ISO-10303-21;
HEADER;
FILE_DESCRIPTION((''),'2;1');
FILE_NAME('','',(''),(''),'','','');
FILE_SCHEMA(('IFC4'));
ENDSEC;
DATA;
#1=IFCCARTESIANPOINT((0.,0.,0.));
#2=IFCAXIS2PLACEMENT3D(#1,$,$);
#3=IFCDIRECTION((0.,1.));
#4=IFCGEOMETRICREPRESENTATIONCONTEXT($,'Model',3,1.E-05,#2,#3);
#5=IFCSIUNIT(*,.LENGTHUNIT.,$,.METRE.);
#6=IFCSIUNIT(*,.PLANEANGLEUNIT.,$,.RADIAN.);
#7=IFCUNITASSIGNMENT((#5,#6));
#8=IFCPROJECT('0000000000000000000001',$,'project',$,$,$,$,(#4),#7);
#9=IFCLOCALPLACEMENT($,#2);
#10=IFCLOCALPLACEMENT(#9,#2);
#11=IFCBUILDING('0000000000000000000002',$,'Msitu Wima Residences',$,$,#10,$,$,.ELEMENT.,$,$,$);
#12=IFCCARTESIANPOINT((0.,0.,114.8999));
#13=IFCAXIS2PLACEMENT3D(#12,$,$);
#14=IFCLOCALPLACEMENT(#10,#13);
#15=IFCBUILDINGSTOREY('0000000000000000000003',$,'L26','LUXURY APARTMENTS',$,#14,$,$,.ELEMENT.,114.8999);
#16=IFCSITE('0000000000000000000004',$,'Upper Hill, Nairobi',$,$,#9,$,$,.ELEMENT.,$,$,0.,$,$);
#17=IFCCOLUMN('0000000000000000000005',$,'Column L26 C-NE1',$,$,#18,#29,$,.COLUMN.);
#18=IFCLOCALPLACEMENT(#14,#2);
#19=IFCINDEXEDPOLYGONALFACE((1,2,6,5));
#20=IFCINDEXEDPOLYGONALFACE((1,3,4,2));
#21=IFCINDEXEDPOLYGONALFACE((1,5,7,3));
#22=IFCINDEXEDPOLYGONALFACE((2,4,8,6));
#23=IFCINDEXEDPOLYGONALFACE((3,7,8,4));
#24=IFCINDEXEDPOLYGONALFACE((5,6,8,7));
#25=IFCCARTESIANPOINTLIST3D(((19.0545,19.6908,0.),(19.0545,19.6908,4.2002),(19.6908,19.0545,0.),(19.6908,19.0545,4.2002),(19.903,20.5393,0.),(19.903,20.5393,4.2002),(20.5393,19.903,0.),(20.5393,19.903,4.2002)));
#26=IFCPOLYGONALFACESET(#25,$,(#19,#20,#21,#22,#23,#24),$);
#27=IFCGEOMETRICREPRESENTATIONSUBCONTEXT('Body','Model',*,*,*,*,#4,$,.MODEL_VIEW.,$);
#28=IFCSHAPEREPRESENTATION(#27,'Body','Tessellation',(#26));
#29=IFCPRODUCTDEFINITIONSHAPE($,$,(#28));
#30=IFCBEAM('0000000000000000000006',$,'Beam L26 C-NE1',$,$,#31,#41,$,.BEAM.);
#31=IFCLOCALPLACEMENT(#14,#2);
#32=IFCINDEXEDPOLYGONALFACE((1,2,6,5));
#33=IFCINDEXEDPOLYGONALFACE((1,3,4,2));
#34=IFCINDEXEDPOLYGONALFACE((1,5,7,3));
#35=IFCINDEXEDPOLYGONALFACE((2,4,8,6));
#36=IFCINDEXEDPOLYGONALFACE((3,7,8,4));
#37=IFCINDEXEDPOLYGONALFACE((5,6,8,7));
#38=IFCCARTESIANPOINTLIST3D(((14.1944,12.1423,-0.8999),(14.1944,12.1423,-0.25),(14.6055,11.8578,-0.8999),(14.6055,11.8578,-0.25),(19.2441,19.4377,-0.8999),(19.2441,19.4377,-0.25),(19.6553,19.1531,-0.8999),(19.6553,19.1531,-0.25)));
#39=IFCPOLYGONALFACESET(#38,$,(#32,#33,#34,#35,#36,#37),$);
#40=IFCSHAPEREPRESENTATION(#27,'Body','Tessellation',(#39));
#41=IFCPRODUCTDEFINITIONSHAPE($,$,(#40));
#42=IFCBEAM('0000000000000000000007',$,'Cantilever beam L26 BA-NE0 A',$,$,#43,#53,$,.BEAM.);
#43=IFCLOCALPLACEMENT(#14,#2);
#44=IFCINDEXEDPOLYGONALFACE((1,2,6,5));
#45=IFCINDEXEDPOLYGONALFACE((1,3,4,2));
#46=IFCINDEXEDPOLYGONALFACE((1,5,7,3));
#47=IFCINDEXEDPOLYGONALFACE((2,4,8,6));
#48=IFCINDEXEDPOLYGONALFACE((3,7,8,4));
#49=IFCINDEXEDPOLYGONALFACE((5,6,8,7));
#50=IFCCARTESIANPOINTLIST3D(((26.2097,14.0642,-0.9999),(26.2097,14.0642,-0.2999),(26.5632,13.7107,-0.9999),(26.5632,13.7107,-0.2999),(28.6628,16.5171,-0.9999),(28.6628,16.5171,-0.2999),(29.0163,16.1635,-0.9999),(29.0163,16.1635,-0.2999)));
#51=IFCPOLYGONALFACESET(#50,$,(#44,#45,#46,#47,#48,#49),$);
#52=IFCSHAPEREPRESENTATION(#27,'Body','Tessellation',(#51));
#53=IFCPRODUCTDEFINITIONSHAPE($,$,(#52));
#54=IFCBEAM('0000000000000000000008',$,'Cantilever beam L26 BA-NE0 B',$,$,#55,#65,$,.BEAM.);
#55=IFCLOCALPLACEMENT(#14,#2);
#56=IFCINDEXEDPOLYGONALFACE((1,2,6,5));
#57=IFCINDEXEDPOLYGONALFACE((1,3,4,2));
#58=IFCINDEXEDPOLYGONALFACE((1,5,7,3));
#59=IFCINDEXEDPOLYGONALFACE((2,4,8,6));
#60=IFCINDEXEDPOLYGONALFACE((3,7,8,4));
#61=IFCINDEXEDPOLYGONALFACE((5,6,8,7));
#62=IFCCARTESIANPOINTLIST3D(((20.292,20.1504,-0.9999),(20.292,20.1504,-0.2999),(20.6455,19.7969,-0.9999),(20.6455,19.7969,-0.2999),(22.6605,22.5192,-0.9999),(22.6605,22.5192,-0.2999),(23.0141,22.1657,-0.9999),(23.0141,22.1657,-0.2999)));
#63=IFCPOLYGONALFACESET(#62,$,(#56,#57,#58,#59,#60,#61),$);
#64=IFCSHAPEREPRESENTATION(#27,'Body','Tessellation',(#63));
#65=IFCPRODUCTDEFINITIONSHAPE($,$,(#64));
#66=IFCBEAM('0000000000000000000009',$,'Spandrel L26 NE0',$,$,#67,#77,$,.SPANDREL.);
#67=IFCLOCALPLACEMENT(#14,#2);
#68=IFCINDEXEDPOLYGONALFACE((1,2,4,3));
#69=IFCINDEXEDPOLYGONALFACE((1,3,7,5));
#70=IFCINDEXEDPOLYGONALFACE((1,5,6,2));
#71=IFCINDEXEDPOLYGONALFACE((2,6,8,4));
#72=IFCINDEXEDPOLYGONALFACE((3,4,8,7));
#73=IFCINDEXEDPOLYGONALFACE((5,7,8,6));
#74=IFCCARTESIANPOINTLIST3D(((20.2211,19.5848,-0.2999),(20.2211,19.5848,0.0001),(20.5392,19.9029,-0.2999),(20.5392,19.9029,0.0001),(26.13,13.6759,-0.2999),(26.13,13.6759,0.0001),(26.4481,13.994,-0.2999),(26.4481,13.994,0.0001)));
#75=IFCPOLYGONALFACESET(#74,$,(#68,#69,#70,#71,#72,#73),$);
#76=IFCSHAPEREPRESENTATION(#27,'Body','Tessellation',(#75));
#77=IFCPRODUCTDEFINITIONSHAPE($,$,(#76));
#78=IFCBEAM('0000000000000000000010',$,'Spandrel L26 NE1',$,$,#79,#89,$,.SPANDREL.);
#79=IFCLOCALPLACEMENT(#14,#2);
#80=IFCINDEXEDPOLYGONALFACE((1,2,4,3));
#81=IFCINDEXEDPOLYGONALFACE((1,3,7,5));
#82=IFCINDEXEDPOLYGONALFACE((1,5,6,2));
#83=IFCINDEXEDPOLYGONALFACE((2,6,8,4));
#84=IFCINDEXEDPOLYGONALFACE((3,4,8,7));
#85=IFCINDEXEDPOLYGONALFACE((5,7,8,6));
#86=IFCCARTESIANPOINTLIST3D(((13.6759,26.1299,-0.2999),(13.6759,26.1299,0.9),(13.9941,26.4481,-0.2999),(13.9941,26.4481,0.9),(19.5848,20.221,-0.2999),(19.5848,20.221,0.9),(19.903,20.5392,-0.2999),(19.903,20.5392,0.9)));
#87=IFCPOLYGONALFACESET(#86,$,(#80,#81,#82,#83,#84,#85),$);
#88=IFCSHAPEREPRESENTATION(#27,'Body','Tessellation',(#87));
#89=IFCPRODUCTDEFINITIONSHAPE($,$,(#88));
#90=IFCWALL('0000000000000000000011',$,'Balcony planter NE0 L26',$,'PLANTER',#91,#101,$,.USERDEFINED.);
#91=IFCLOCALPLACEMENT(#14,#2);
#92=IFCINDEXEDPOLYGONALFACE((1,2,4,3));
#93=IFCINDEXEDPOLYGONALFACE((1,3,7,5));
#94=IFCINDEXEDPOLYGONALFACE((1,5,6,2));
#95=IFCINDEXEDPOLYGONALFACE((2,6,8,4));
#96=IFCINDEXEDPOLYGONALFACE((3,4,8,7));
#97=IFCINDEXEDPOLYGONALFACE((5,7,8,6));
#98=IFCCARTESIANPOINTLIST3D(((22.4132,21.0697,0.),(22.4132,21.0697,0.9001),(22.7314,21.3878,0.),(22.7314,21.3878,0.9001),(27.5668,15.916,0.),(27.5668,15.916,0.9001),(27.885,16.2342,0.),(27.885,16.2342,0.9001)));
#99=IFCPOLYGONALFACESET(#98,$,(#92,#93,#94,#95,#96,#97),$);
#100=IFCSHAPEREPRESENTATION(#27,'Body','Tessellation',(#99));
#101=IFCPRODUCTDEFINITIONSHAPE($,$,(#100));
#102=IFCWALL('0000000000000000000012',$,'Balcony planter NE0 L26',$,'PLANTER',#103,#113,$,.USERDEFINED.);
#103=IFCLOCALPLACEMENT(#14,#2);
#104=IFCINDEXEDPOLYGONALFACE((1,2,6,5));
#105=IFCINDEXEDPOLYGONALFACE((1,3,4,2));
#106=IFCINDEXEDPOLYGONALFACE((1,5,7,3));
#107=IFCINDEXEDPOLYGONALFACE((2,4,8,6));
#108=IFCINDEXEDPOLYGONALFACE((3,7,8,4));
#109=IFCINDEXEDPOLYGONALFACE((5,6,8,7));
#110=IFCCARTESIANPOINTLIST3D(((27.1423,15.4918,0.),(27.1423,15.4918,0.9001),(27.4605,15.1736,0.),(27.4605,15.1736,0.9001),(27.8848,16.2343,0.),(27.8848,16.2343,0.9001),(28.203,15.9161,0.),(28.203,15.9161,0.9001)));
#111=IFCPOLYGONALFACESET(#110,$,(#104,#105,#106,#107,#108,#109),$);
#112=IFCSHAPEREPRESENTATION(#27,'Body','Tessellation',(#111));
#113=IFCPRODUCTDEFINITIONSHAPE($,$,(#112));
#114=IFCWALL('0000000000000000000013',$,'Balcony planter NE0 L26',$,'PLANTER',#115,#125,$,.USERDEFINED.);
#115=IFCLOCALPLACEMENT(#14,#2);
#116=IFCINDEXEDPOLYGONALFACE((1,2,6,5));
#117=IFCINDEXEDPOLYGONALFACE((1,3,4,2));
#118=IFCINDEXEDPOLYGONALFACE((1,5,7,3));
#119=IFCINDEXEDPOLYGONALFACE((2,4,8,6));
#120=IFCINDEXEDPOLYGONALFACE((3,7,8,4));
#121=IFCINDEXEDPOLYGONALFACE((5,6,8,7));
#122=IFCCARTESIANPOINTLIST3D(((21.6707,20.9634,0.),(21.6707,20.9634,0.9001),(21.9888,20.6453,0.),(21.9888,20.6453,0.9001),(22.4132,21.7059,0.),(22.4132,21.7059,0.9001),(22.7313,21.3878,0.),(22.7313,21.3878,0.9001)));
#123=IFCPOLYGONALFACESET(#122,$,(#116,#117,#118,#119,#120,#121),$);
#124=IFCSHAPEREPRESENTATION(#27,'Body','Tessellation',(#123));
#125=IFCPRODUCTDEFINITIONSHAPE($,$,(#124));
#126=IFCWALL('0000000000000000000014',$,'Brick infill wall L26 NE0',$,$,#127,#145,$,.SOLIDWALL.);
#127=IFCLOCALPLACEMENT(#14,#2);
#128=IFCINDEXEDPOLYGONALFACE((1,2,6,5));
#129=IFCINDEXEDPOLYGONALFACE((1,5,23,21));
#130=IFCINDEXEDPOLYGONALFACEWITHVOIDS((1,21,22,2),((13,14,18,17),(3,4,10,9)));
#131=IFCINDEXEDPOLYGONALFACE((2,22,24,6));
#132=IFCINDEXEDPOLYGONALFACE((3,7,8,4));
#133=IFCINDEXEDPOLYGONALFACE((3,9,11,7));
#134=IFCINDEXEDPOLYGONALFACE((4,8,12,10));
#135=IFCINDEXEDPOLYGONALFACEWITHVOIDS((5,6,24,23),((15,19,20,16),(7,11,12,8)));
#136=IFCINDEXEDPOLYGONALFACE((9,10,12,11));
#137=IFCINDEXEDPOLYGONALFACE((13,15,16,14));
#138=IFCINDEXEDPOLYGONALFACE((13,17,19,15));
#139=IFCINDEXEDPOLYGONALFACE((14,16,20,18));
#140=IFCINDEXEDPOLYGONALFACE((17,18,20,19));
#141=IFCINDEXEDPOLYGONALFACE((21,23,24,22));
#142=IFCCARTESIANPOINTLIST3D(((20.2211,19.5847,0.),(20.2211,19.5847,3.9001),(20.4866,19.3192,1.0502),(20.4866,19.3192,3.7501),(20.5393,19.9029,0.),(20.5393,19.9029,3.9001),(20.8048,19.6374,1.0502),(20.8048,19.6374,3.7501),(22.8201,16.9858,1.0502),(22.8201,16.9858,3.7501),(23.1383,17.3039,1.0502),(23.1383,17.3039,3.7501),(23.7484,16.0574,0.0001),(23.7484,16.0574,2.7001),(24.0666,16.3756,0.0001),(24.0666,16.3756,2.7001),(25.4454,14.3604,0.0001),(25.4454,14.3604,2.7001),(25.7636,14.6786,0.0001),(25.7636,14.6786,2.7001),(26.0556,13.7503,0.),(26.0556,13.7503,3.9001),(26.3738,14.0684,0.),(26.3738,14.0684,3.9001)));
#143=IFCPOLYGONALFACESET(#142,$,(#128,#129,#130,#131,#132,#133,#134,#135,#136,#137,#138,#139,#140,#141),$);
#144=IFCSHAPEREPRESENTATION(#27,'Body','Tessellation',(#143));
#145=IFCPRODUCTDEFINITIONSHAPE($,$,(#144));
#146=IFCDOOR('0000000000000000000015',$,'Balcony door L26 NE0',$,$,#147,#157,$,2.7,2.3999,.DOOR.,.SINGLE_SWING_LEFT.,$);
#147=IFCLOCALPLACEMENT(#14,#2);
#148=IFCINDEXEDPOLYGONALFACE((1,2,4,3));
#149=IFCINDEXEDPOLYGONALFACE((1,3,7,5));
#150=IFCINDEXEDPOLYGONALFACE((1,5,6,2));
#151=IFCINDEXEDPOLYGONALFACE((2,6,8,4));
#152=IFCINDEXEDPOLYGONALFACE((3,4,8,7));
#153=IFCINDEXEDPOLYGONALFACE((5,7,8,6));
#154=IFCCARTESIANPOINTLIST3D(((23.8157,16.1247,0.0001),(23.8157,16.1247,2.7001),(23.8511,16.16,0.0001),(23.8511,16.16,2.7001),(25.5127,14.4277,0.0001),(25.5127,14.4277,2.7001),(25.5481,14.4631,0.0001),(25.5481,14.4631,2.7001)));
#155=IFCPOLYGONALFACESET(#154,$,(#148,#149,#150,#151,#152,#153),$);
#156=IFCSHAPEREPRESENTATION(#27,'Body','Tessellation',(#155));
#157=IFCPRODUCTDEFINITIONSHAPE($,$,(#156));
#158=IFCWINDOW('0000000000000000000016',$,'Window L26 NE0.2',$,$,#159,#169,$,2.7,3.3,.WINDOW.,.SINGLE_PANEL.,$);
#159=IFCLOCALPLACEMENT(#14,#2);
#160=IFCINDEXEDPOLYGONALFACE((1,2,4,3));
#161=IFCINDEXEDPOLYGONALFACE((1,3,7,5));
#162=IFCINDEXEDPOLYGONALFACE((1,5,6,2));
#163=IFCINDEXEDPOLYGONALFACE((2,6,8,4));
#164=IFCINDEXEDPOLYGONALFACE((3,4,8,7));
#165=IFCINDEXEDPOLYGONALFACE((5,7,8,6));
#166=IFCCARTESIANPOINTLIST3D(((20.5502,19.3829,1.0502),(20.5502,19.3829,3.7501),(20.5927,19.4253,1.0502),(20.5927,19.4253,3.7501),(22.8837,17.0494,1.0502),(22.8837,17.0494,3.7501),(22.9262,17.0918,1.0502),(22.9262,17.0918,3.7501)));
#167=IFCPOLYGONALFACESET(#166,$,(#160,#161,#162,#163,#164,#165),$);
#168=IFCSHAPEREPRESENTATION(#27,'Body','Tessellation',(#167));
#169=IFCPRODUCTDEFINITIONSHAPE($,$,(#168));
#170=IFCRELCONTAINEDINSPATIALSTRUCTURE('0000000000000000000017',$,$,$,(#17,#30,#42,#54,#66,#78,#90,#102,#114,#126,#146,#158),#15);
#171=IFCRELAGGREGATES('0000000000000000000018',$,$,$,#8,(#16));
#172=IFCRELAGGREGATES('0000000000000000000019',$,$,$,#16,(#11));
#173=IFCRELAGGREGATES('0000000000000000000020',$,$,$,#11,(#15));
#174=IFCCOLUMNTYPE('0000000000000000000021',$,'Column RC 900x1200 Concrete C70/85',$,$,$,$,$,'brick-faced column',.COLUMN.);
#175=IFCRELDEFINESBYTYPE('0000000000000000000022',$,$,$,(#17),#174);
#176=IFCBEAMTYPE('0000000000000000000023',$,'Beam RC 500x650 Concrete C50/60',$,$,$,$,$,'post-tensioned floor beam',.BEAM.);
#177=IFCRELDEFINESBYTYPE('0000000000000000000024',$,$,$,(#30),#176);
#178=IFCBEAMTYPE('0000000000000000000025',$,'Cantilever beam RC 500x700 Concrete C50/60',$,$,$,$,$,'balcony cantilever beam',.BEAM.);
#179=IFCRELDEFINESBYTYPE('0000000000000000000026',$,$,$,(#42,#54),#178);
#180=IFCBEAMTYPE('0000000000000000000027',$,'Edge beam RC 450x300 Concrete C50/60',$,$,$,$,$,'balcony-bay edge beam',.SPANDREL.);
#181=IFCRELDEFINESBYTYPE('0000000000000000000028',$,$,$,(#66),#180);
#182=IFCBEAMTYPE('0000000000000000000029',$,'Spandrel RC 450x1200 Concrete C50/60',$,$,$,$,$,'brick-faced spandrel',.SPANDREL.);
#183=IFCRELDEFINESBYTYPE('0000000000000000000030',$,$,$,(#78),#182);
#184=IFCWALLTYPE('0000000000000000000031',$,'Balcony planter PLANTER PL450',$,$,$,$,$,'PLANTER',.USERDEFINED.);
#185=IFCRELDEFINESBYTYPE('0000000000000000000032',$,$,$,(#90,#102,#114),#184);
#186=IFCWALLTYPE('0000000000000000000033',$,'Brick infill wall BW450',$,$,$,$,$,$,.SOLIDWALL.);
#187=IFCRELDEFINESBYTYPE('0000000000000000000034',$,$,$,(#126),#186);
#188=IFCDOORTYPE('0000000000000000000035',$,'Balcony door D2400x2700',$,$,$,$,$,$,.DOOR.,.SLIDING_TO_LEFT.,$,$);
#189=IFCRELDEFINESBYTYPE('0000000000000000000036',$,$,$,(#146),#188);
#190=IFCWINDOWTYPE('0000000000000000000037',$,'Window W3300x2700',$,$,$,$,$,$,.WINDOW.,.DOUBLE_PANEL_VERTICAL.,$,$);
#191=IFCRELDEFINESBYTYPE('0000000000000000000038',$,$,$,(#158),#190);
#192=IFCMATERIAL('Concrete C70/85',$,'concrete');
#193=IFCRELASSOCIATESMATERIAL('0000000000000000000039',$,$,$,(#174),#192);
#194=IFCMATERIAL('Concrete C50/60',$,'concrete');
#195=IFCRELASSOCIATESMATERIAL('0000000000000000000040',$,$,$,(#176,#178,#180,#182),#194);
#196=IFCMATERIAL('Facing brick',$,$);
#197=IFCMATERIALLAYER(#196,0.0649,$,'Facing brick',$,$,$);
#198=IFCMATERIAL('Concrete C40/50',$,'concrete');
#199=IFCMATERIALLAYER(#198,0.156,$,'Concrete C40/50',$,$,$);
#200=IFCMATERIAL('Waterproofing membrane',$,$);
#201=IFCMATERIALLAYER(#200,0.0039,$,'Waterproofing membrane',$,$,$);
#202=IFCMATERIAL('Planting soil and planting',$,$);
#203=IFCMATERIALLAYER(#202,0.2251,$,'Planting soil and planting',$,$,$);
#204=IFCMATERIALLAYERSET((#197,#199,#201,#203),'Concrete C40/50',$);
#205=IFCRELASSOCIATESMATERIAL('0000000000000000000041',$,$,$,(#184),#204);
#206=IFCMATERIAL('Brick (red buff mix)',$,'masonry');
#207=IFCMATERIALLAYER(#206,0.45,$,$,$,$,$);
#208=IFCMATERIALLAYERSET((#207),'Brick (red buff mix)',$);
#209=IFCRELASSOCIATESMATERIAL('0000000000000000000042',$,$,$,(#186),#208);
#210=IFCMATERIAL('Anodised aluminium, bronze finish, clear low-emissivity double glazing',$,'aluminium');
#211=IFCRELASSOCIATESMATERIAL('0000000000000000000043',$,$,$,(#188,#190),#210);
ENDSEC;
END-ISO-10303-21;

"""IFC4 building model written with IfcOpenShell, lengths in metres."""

from ifc_helpers import new_model, si_unit, direction, frame, frame_2d, origin, origin_2d, place, context, subcontext, project, spatial, rectangle, extrude, material, layer, layer_set, material_profile, profile_set, type_object, element, fill, save


model = new_model("IFC4")

# Units and contexts
model_context = context("Model", 3, precision=1e-05, world=origin(), true_north=direction((0.0, 1.0)))
body_context = subcontext(model_context, "Body", "Model", "MODEL_VIEW")
ifc_project = project(units=[si_unit("LENGTHUNIT", "METRE"), si_unit("PLANEANGLEUNIT", "RADIAN")], contexts=[model_context])

# Site, building, storey
site_placement = place(None, origin())
site = spatial("IfcSite", under=ifc_project, at=site_placement, Name="Upper Hill, Nairobi", CompositionType="ELEMENT", RefElevation=0.0)
building_placement = place(site_placement, origin())
building = spatial("IfcBuilding", under=site, at=building_placement, Name="Msitu Wima Residences", CompositionType="ELEMENT")
storey_placement = place(building_placement, frame((0.0, 0.0, 114.8999)))
storey = spatial("IfcBuildingStorey", under=building, at=storey_placement, Name="L26", Description="LUXURY APARTMENTS", CompositionType="ELEMENT", Elevation=114.8999)

# Column
ifc_material_1 = material(Name="Concrete C70/85", Category="concrete")
ifc_material_profile_1 = material_profile(ifc_material_1, rectangle(XDim=0.8999, YDim=1.2, at=origin_2d()), Name="RC 900x1200")
ifc_profile_set_1 = profile_set([ifc_material_profile_1], Name="Concrete C70/85")
column_type = type_object("IfcColumnType", Name="Column RC 900x1200 Concrete C70/85", ElementType="brick-faced column", PredefinedType="COLUMN", material=ifc_profile_set_1)
column_placement = place(storey_placement, frame((19.7969, 19.7969, 0.0), z_axis=(0.0, 0.0, 1.0), x_axis=(-0.707107, 0.707107, 0.0)))
element("IfcColumn", 1, at=column_placement, inside=storey, type_object=column_type, Name="Column L26 C-NE1", PredefinedType="COLUMN", context=body_context, shape_type="SweptSolid", body=[
    extrude(rectangle(XDim=0.8999, YDim=1.2, at=origin_2d()), origin(), (0.0, 0.0, 1.0), 4.2002),
])

# Beams
ifc_material_2 = material(Name="Concrete C50/60", Category="concrete")
ifc_material_profile_2 = material_profile(ifc_material_2, rectangle(XDim=0.5, YDim=0.6499, at=origin_2d()), Name="RC 500x650")
ifc_profile_set_2 = profile_set([ifc_material_profile_2], Name="Concrete C50/60")
beam_type_1 = type_object("IfcBeamType", Name="Beam RC 500x650 Concrete C50/60", ElementType="post-tensioned floor beam", PredefinedType="BEAM", material=ifc_profile_set_2)
beam_1_placement = place(storey_placement, frame((19.4497, 19.2954, -0.575), z_axis=(-0.569144, -0.822238, 0.0), x_axis=(0.822238, -0.569144, 0.0)))
element("IfcBeam", 2, at=beam_1_placement, inside=storey, type_object=beam_type_1, Name="Beam L26 C-NE1", PredefinedType="BEAM", context=body_context, shape_type="SweptSolid", body=[
    extrude(rectangle(XDim=0.5, YDim=0.6499, at=origin_2d()), origin(), (0.0, 0.0, 1.0), 8.8726),
])
ifc_material_profile_3 = material_profile(ifc_material_2, rectangle(XDim=0.5, YDim=0.7, at=origin_2d()), Name="RC 500x700")
ifc_profile_set_3 = profile_set([ifc_material_profile_3], Name="Concrete C50/60")
beam_type_2 = type_object("IfcBeamType", Name="Cantilever beam RC 500x700 Concrete C50/60", ElementType="balcony cantilever beam", PredefinedType="BEAM", material=ifc_profile_set_3)
beam_2_placement = place(storey_placement, frame((26.3865, 13.8875, -0.6499), z_axis=(0.707142, 0.707072, 0.0), x_axis=(-0.707072, 0.707142, 0.0)))
element("IfcBeam", 3, at=beam_2_placement, inside=storey, type_object=beam_type_2, Name="Cantilever beam L26 BA-NE0 A", PredefinedType="BEAM", context=body_context, shape_type="SweptSolid", body=[
    extrude(rectangle(XDim=0.5, YDim=0.7, at=origin_2d()), origin(), (0.0, 0.0, 1.0), 3.469),
])
beam_3_placement = place(storey_placement, frame((20.4688, 19.9736, -0.6499), z_axis=(0.70707, 0.707143, 0.0), x_axis=(-0.707143, 0.70707, 0.0)))
element("IfcBeam", 4, at=beam_3_placement, inside=storey, type_object=beam_type_2, Name="Cantilever beam L26 BA-NE0 B", PredefinedType="BEAM", context=body_context, shape_type="SweptSolid", body=[
    extrude(rectangle(XDim=0.5, YDim=0.7, at=origin_2d()), origin(), (0.0, 0.0, 1.0), 3.3499),
])
ifc_material_profile_4 = material_profile(ifc_material_2, rectangle(XDim=0.45, YDim=0.3, at=origin_2d()), Name="RC 450x300")
ifc_profile_set_4 = profile_set([ifc_material_profile_4], Name="Concrete C50/60")
beam_type_3 = type_object("IfcBeamType", Name="Edge beam RC 450x300 Concrete C50/60", ElementType="balcony-bay edge beam", PredefinedType="SPANDREL", material=ifc_profile_set_4)
beam_4_placement = place(storey_placement, frame((26.2891, 13.835, -0.1499), z_axis=(-0.707107, 0.707107, 0.0), x_axis=(-0.707107, -0.707107, 0.0)))
element("IfcBeam", 5, at=beam_4_placement, inside=storey, type_object=beam_type_3, Name="Spandrel L26 NE0", PredefinedType="SPANDREL", context=body_context, shape_type="SweptSolid", body=[
    extrude(rectangle(XDim=0.45, YDim=0.3, at=origin_2d()), origin(), (0.0, 0.0, 1.0), 8.3564),
])
ifc_material_profile_5 = material_profile(ifc_material_2, rectangle(XDim=0.45, YDim=1.2, at=origin_2d()), Name="RC 450x1200")
ifc_profile_set_5 = profile_set([ifc_material_profile_5], Name="Concrete C50/60")
beam_type_4 = type_object("IfcBeamType", Name="Spandrel RC 450x1200 Concrete C50/60", ElementType="brick-faced spandrel", PredefinedType="SPANDREL", material=ifc_profile_set_5)
beam_5_placement = place(storey_placement, frame((19.7439, 20.3801, 0.3), z_axis=(-0.707107, 0.707107, 0.0), x_axis=(-0.707107, -0.707107, 0.0)))
element("IfcBeam", 6, at=beam_5_placement, inside=storey, type_object=beam_type_4, Name="Spandrel L26 NE1", PredefinedType="SPANDREL", context=body_context, shape_type="SweptSolid", body=[
    extrude(rectangle(XDim=0.45, YDim=1.2, at=origin_2d()), origin(), (0.0, 0.0, 1.0), 8.3564),
])

# Walls
ifc_material_3 = material(Name="Facing brick")
ifc_layer_1 = layer(ifc_material_3, 0.0649, Name="Facing brick")
ifc_material_4 = material(Name="Concrete C40/50", Category="concrete")
ifc_layer_2 = layer(ifc_material_4, 0.156, Name="Concrete C40/50")
ifc_material_5 = material(Name="Waterproofing membrane")
ifc_layer_3 = layer(ifc_material_5, 0.0039, Name="Waterproofing membrane")
ifc_material_6 = material(Name="Planting soil and planting")
ifc_layer_4 = layer(ifc_material_6, 0.2251, Name="Planting soil and planting")
ifc_layer_set_1 = layer_set([ifc_layer_1, ifc_layer_2, ifc_layer_3, ifc_layer_4], Name="Concrete C40/50")
wall_type_1 = type_object("IfcWallType", Name="Balcony planter PLANTER PL450", ElementType="PLANTER", PredefinedType="USERDEFINED", material=ifc_layer_set_1)
wall_1_placement = place(storey_placement, frame((27.7258, 16.0752, 0.0), z_axis=(0.0, 0.0, 1.0), x_axis=(-0.707107, 0.707107, 0.0)))
element("IfcWall", 7, at=wall_1_placement, inside=storey, type_object=wall_type_1, Name="Balcony planter NE0 L26", ObjectType="PLANTER", PredefinedType="USERDEFINED", context=body_context, shape_type="SweptSolid", body=[
    extrude(rectangle(XDim=7.2883, YDim=0.45, at=frame_2d((3.644, 0.0))), origin(), (0.0, 0.0, 1.0), 0.9001),
])
for number, where, z_axis, x_axis, name in (
    (8, (27.3015, 15.3328, 0.0), (0.0, 0.0, 1.0), (0.707107, 0.707107, 0.0), "Balcony planter NE0 L26"),
    (9, (21.8298, 20.8044, 0.0), (0.0, 0.0, 1.0), (0.707107, 0.707107, 0.0), "Balcony planter NE0 L26"),
):
    element("IfcWall", number, at=place(storey_placement, frame(where, z_axis=z_axis, x_axis=x_axis)), inside=storey, type_object=wall_type_1, Name=name, ObjectType="PLANTER", PredefinedType="USERDEFINED", context=body_context, shape_type="SweptSolid", body=[
        extrude(rectangle(XDim=1.05, YDim=0.45, at=frame_2d((0.5249, 0.0))), origin(), (0.0, 0.0, 1.0), 0.9001),
    ])

# Wall, openings, door, window
ifc_material_7 = material(Name="Brick (red buff mix)", Category="masonry")
ifc_layer_5 = layer(ifc_material_7, 0.45)
ifc_layer_set_2 = layer_set([ifc_layer_5], Name="Brick (red buff mix)")
wall_type_2 = type_object("IfcWallType", Name="Brick infill wall BW450", PredefinedType="SOLIDWALL", material=ifc_layer_set_2)
wall_2_placement = place(storey_placement, frame((26.2146, 13.9094, 0.0), z_axis=(0.0, 0.0, 1.0), x_axis=(-0.707107, 0.707107, 0.0)))
wall_2 = element("IfcWall", 10, at=wall_2_placement, inside=storey, type_object=wall_type_2, Name="Brick infill wall L26 NE0", PredefinedType="SOLIDWALL", context=body_context, shape_type="SweptSolid", body=[
    extrude(rectangle(XDim=8.2512, YDim=0.45, at=frame_2d((4.1255, 0.0))), origin(), (0.0, 0.0, 1.0), 3.9001),
])
opening_1_placement = place(wall_2_placement, frame((0.8628, 0.0, 0.0)))
opening_1 = element("IfcOpeningElement", 11, at=opening_1_placement, cuts=wall_2, PredefinedType="OPENING", context=body_context, shape_type="SweptSolid", body=[
    extrude(rectangle(XDim=2.3999, YDim=2.7, at=frame_2d((1.2, 1.3501))), frame((0.0, 0.2349, 0.0), z_axis=(0.0, -1.0, 0.0), x_axis=(1.0, 0.0, 0.0)), (0.0, 0.0, 1.0), 0.47),
])
opening_2_placement = place(wall_2_placement, frame((4.5757, 0.0, 1.05)))
opening_2 = element("IfcOpeningElement", 12, at=opening_2_placement, cuts=wall_2, PredefinedType="OPENING", context=body_context, shape_type="SweptSolid", body=[
    extrude(rectangle(XDim=3.3, YDim=2.7, at=frame_2d((1.6499, 1.3501))), frame((0.0, 0.2349, 0.0), z_axis=(0.0, -1.0, 0.0), x_axis=(1.0, 0.0, 0.0)), (0.0, 0.0, 1.0), 0.47),
])
ifc_material_8 = material(Name="Anodised aluminium, bronze finish, clear low-emissivity double glazing", Category="aluminium")
door_type = type_object("IfcDoorType", Name="Balcony door D2400x2700", OperationType="SLIDING_TO_LEFT", PredefinedType="DOOR", material=ifc_material_8)
door_placement = place(opening_1_placement, origin())
door = element("IfcDoor", 13, at=door_placement, inside=storey, type_object=door_type, Name="Balcony door L26 NE0", OperationType="SINGLE_SWING_LEFT", OverallHeight=2.7, OverallWidth=2.3999, PredefinedType="DOOR", context=body_context, shape_type="SweptSolid", body=[
    extrude(rectangle(XDim=2.3999, YDim=2.7, at=frame_2d((1.2, 1.3501))), frame((0.0, 0.1299, 0.0), z_axis=(0.0, -1.0, 0.0), x_axis=(1.0, 0.0, 0.0)), (0.0, 0.0, 1.0), 0.05),
])
fill(opening_1, door)
window_type = type_object("IfcWindowType", Name="Window W3300x2700", PartitioningType="DOUBLE_PANEL_VERTICAL", PredefinedType="WINDOW", material=ifc_material_8)
window_1_placement = place(opening_2_placement, origin())
window_1 = element("IfcWindow", 14, at=window_1_placement, inside=storey, type_object=window_type, Name="Window L26 NE0.2", OverallHeight=2.7, OverallWidth=3.3, PartitioningType="SINGLE_PANEL", PredefinedType="WINDOW", context=body_context, shape_type="SweptSolid", body=[
    extrude(rectangle(XDim=3.3, YDim=2.7, at=frame_2d((1.6499, 1.3501))), frame((0.0, 0.135, 0.0), z_axis=(0.0, -1.0, 0.0), x_axis=(1.0, 0.0, 0.0)), (0.0, 0.0, 1.0), 0.0601),
])
fill(opening_2, window_1)

save(model, "model.ifc")
